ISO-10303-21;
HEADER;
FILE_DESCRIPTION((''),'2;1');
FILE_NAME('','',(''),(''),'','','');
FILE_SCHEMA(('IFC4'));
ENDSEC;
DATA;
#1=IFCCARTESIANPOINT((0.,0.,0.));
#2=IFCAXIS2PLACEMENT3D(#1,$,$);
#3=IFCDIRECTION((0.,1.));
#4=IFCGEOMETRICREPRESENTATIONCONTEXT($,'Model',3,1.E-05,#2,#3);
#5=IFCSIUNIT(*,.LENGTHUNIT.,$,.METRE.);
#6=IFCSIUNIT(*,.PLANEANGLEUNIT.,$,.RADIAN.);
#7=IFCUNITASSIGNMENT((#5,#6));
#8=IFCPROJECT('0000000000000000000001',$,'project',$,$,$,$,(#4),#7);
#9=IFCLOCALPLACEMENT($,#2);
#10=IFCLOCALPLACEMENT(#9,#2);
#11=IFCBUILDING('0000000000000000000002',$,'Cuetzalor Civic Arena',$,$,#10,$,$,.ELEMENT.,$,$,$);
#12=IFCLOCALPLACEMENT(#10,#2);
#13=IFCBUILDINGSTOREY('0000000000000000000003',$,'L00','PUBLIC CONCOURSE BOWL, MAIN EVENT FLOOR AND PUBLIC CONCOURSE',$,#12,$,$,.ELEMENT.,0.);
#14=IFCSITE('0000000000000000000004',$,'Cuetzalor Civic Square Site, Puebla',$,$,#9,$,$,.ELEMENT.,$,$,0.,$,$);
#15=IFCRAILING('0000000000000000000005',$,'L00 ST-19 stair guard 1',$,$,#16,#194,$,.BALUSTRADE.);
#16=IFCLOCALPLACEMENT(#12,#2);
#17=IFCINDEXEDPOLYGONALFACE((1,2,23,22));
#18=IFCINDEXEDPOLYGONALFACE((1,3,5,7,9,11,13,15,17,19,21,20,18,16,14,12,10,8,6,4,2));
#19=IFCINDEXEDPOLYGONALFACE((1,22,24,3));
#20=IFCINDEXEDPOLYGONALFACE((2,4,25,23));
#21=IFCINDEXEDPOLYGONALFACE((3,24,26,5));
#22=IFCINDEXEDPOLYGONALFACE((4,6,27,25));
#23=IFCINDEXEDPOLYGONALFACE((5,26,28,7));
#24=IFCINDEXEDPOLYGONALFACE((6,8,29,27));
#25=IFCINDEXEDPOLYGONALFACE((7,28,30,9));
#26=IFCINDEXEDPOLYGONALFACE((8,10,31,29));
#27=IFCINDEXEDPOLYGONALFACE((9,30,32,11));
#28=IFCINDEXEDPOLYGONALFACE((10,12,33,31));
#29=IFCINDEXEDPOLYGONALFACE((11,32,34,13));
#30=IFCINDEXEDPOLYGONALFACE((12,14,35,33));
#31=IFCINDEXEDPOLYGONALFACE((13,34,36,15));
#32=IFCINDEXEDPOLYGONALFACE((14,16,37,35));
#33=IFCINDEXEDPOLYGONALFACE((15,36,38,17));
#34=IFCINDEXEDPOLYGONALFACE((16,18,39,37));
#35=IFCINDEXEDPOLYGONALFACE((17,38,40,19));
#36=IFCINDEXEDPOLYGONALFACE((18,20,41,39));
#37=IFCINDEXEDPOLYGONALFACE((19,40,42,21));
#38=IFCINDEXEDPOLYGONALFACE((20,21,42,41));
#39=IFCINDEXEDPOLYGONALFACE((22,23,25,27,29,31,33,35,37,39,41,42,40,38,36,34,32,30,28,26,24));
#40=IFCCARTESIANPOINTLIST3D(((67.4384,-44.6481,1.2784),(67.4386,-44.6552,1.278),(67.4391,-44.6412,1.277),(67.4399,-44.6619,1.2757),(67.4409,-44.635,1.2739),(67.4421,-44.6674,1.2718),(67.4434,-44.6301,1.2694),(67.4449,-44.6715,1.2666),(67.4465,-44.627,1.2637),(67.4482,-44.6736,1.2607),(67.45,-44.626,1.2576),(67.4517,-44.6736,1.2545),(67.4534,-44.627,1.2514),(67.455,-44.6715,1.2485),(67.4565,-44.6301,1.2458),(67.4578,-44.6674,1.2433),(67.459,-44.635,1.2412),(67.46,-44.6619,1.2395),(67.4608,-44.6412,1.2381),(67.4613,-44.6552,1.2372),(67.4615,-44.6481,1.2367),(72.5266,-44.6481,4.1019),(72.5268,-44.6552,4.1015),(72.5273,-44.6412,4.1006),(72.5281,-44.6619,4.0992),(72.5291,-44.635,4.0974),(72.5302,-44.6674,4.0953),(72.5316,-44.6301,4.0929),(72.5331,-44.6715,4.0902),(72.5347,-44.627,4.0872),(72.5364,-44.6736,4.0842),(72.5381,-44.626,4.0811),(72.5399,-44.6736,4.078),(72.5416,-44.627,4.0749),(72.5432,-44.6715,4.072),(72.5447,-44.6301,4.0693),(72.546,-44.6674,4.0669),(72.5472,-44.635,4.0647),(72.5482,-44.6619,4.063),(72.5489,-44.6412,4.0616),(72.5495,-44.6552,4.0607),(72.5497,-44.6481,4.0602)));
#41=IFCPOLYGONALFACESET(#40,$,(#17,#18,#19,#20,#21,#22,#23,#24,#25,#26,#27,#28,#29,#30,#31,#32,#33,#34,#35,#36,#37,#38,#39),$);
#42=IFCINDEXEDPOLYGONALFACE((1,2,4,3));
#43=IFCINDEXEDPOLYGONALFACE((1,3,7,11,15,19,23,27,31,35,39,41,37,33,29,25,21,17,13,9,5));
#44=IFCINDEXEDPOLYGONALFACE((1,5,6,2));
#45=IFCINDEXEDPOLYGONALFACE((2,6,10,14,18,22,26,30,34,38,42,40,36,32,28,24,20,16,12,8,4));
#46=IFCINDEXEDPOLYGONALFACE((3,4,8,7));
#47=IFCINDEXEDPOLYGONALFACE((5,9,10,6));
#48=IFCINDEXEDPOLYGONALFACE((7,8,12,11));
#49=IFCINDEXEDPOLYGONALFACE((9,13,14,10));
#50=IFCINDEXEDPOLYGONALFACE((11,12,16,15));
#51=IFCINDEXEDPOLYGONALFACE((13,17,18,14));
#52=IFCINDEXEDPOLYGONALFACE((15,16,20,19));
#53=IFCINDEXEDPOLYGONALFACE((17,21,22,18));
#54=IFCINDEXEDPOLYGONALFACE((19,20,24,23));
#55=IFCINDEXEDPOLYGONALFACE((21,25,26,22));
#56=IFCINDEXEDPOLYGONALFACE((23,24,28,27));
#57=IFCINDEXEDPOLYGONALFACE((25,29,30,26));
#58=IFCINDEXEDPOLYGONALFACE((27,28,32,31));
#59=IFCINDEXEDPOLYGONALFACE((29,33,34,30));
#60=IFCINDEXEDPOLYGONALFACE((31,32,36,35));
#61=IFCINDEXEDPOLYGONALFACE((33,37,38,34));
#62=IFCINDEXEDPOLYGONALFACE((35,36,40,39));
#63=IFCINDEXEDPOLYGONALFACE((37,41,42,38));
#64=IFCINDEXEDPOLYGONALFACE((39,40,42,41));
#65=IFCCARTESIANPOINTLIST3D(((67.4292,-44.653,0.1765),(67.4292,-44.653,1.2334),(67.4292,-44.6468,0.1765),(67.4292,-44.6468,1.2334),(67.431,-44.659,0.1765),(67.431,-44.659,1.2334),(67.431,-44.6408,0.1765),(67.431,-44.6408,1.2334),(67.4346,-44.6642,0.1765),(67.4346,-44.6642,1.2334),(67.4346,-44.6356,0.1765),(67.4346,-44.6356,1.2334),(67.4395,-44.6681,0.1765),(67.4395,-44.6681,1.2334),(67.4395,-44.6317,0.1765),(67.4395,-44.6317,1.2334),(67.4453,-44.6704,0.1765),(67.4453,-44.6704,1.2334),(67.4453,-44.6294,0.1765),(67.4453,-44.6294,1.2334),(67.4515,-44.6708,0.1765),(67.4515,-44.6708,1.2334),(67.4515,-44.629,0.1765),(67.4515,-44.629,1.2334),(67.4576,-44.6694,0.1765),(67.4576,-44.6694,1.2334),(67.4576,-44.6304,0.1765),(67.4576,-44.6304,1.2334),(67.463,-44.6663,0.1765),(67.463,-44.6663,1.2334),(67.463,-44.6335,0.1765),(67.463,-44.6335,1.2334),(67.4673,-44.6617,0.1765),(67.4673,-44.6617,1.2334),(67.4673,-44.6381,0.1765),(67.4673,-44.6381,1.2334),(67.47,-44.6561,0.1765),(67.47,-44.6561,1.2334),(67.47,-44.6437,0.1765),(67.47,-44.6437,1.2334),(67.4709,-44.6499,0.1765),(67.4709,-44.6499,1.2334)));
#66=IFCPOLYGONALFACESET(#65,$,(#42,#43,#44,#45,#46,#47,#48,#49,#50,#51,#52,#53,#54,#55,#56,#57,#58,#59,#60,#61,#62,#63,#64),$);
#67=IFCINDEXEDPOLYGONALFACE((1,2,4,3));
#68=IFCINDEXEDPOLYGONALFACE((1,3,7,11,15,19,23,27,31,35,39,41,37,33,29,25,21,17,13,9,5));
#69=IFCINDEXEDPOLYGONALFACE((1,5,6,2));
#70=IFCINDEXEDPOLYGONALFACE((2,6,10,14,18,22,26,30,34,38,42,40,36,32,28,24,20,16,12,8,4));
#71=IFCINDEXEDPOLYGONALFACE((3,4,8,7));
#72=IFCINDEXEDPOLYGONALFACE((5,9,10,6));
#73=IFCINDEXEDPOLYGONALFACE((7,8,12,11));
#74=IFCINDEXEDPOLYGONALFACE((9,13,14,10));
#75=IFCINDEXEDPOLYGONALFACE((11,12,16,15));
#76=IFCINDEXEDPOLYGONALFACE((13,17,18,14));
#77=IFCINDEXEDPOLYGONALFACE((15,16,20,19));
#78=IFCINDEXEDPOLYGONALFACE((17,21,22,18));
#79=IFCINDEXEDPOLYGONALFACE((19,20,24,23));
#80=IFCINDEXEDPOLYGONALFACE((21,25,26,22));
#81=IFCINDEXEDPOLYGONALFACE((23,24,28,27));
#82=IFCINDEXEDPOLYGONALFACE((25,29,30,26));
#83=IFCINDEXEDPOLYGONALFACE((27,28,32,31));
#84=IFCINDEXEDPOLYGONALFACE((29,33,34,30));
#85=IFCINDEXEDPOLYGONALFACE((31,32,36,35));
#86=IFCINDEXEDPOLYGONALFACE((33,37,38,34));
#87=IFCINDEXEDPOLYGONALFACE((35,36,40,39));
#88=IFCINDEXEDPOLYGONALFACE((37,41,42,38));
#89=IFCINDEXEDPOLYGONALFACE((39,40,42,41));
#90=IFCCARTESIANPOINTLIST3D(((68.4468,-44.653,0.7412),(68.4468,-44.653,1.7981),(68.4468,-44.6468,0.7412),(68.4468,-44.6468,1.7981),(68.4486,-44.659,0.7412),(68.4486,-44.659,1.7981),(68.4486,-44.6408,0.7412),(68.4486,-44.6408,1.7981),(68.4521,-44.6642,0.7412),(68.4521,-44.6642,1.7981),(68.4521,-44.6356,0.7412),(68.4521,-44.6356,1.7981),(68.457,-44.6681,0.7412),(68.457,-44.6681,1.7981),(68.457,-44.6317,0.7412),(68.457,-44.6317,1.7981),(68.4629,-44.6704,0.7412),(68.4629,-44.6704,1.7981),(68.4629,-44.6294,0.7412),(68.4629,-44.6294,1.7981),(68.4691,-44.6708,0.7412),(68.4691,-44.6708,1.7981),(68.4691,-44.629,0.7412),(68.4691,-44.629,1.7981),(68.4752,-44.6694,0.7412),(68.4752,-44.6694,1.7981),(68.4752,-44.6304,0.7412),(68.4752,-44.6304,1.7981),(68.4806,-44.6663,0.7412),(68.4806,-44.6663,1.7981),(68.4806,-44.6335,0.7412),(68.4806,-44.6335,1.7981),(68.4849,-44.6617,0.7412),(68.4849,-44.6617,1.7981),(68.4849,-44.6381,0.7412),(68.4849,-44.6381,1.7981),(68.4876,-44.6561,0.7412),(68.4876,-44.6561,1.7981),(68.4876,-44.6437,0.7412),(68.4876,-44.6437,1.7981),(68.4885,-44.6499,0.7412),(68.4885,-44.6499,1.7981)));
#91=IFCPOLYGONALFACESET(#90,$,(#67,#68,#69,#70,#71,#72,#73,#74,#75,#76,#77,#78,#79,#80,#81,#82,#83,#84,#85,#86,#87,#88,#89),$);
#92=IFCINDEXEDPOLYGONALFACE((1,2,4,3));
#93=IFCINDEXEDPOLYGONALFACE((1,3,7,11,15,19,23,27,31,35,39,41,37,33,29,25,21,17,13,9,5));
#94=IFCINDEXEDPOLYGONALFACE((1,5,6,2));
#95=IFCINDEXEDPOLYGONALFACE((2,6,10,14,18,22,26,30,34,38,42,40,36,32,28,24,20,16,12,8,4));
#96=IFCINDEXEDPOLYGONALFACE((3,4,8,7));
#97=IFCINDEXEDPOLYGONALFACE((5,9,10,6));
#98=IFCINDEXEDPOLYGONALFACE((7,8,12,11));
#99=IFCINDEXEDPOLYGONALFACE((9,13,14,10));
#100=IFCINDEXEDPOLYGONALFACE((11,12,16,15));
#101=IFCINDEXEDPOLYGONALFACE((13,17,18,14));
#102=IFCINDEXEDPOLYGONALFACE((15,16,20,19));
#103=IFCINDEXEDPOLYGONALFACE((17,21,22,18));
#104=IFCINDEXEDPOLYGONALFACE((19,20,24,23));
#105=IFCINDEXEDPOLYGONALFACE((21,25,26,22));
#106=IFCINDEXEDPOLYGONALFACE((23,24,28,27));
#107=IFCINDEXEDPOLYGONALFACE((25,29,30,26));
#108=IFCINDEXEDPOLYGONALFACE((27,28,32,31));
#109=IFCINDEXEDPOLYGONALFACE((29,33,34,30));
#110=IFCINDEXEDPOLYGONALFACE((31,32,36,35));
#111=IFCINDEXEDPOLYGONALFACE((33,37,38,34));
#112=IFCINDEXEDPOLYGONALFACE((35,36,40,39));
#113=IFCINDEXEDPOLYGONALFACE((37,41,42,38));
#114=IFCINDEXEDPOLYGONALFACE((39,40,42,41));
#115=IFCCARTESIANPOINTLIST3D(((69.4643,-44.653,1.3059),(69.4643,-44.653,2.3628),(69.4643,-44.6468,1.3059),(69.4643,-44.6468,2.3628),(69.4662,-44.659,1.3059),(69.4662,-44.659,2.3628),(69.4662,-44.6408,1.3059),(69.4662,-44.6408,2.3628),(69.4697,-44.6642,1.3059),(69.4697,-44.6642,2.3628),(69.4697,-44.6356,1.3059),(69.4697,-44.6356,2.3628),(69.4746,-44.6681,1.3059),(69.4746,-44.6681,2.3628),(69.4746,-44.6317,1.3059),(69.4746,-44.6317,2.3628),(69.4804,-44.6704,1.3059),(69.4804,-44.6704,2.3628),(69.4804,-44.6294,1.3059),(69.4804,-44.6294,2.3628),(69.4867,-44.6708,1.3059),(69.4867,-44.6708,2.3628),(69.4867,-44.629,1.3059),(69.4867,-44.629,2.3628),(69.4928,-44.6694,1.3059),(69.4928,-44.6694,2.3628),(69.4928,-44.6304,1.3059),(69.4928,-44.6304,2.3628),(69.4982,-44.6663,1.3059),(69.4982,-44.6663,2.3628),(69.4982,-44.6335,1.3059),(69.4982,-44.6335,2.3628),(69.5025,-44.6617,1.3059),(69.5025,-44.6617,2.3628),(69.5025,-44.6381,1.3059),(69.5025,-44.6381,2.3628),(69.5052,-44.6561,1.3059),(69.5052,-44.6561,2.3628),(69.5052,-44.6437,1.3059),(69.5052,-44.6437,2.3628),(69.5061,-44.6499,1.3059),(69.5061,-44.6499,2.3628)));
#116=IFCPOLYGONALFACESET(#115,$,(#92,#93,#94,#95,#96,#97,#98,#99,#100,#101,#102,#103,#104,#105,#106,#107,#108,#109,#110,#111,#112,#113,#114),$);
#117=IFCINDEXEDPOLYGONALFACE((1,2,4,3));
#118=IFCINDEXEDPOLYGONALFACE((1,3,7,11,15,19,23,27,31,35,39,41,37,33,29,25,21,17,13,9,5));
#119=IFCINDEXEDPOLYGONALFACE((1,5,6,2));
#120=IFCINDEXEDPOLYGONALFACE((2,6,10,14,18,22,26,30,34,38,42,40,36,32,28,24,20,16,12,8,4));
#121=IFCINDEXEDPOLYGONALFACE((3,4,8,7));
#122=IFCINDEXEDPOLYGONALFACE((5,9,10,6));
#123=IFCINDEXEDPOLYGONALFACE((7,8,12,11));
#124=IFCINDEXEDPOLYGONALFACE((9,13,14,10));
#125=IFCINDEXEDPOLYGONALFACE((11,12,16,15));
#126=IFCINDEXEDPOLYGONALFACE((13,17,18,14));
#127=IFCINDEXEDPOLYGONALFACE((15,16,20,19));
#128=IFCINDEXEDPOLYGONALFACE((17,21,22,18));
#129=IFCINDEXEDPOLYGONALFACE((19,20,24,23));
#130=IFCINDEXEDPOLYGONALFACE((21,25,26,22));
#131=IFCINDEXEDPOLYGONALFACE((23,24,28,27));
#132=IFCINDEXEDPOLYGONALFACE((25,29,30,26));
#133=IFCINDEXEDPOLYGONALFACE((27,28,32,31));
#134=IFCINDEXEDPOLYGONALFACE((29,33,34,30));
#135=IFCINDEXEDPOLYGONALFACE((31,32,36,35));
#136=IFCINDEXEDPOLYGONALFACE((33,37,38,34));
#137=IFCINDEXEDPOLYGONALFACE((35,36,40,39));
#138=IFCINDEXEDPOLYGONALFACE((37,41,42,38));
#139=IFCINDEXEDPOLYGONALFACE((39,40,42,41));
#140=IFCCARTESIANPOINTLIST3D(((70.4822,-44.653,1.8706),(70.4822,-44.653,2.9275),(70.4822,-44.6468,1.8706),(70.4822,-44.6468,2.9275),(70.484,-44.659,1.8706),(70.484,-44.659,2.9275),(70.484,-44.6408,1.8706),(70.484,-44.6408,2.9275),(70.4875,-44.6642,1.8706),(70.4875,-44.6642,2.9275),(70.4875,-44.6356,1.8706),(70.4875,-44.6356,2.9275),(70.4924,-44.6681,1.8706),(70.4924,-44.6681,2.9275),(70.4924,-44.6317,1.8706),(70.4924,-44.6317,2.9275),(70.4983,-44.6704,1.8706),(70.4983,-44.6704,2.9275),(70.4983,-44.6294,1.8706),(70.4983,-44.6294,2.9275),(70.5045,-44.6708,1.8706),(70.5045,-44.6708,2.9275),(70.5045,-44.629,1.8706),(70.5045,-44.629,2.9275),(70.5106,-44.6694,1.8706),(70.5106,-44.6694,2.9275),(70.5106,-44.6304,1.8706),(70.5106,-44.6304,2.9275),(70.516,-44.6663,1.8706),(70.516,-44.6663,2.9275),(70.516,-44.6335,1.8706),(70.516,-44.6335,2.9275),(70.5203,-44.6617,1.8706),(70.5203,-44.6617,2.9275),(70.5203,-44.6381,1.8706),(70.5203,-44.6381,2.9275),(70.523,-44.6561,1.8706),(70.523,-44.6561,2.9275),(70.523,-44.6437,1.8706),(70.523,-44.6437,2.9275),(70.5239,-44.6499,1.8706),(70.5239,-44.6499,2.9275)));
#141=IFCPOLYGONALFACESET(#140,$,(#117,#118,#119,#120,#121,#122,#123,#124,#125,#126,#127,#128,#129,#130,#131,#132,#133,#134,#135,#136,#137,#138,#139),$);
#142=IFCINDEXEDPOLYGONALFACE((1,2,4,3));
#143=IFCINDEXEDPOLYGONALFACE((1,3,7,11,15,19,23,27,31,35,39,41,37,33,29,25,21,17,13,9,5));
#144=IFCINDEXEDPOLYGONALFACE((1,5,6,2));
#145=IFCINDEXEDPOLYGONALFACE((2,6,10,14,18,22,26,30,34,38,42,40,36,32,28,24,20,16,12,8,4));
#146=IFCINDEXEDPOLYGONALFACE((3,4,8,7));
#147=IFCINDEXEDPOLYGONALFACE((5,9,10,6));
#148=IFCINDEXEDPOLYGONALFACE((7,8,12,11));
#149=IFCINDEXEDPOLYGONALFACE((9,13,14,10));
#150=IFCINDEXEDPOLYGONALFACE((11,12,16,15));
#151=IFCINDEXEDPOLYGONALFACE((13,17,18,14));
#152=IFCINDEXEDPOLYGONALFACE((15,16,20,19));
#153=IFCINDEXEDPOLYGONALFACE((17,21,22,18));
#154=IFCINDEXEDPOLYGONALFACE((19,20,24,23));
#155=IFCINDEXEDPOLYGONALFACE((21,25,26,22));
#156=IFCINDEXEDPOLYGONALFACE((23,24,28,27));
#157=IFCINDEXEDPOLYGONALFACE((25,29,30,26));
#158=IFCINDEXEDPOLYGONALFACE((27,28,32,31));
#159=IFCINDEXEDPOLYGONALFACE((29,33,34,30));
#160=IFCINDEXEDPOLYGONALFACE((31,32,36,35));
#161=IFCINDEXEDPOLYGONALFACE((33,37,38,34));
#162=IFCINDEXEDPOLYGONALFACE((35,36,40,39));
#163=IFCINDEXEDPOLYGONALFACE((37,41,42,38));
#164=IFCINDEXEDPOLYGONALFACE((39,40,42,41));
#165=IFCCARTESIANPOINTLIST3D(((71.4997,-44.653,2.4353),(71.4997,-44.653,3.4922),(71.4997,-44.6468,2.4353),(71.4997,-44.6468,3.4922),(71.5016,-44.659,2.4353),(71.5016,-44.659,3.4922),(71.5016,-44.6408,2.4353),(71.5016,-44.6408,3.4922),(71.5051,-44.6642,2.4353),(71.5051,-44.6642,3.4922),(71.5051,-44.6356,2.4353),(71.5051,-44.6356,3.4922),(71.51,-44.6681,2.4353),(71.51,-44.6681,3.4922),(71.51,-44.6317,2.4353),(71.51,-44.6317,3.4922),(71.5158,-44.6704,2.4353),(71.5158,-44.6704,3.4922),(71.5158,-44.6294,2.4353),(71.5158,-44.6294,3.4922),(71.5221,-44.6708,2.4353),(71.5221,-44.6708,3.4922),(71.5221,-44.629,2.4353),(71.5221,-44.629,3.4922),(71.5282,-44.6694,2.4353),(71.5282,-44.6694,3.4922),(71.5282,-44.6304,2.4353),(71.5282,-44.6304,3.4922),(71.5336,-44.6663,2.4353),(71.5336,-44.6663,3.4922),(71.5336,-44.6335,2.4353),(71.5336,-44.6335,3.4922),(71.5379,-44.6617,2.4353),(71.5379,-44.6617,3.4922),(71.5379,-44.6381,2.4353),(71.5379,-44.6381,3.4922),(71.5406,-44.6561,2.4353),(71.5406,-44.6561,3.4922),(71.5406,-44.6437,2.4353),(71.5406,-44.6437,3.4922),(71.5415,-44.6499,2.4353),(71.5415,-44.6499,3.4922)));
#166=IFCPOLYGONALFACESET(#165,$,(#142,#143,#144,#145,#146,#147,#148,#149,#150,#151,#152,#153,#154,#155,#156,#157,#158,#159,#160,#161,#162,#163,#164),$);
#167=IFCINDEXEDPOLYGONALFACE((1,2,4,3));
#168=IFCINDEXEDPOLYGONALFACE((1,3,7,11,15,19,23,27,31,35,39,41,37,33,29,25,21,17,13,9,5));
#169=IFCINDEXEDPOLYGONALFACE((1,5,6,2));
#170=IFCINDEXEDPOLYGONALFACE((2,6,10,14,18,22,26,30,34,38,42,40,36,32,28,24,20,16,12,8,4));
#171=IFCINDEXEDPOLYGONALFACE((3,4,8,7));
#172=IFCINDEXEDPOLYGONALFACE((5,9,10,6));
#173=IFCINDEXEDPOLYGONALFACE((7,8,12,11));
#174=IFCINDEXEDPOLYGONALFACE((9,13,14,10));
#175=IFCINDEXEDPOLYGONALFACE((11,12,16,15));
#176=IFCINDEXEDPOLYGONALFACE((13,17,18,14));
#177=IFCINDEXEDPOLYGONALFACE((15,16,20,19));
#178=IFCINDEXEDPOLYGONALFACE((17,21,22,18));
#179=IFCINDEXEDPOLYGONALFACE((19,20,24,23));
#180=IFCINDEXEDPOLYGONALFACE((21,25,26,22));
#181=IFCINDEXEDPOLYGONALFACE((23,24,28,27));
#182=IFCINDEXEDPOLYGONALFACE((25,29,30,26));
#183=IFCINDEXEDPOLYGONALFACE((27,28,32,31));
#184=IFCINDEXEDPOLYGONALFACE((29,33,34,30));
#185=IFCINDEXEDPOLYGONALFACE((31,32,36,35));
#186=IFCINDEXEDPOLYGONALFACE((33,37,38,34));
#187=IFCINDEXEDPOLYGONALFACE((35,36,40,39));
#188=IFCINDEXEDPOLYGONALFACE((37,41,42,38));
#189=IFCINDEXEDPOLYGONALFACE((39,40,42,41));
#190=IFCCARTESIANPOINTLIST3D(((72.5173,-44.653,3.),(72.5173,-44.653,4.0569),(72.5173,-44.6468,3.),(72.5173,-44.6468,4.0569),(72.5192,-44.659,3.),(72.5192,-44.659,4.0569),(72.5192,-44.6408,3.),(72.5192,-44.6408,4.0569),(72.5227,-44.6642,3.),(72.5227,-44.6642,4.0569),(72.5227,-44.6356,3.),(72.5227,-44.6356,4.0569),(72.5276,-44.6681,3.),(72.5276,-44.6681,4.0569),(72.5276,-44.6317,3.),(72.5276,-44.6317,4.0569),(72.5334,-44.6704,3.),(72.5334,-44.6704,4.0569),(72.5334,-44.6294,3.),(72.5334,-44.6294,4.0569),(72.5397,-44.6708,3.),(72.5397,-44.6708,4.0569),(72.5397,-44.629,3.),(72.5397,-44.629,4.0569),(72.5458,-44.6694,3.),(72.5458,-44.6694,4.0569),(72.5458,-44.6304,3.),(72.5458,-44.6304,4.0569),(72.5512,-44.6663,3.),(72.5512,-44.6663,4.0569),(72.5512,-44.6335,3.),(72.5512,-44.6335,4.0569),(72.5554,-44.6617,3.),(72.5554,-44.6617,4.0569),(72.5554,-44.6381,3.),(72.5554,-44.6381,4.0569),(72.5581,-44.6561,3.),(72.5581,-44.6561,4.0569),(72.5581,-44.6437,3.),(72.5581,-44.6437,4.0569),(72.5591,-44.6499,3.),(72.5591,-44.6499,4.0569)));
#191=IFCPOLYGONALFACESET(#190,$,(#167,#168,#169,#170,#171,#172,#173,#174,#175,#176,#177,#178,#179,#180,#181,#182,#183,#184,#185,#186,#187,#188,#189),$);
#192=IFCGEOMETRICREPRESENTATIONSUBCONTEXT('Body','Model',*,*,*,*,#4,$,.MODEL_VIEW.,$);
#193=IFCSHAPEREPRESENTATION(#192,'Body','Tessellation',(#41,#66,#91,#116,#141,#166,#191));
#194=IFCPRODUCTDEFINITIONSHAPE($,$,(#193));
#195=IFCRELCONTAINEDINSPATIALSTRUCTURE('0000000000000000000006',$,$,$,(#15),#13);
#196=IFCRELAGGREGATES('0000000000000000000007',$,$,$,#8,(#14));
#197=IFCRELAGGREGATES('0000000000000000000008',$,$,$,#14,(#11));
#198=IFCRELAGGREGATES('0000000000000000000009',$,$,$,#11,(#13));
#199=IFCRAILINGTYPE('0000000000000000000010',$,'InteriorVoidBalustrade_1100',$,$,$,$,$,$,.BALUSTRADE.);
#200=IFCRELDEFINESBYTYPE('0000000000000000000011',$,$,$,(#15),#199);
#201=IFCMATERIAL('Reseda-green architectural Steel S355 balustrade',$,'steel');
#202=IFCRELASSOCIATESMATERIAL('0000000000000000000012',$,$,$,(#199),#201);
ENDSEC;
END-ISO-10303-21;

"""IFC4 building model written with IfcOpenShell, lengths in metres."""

from ifc_helpers import new_model, si_unit, direction, frame, origin, origin_2d, place, context, subcontext, project, spatial, circle, extrude, material, type_object, element, save


model = new_model("IFC4")

# Units and contexts
model_context = context("Model", 3, precision=1e-05, world=origin(), true_north=direction((0.0, 1.0)))
body_context = subcontext(model_context, "Body", "Model", "MODEL_VIEW")
ifc_project = project(units=[si_unit("LENGTHUNIT", "METRE"), si_unit("PLANEANGLEUNIT", "RADIAN")], contexts=[model_context])

# Site, building, storey
site_placement = place(None, origin())
site = spatial("IfcSite", under=ifc_project, at=site_placement, Name="Cuetzalor Civic Square Site, Puebla", CompositionType="ELEMENT", RefElevation=0.0)
building_placement = place(site_placement, origin())
building = spatial("IfcBuilding", under=site, at=building_placement, Name="Cuetzalor Civic Arena", CompositionType="ELEMENT")
storey_placement = place(building_placement, origin())
storey = spatial("IfcBuildingStorey", under=building, at=storey_placement, Name="L00", Description="PUBLIC CONCOURSE BOWL, MAIN EVENT FLOOR AND PUBLIC CONCOURSE", CompositionType="ELEMENT", Elevation=0.0)

# Railing
ifc_material_1 = material(Name="Reseda-green architectural Steel S355 balustrade", Category="steel")
railing_type_1 = type_object("IfcRailingType", Name="InteriorVoidBalustrade_1100", PredefinedType="BALUSTRADE", material=ifc_material_1)
railing_1_placement = place(storey_placement, frame((67.45, -44.6499, 0.1765)))
element("IfcRailing", 1, at=railing_1_placement, inside=storey, type_object=railing_type_1, Name="L00 ST-19 stair guard 1", PredefinedType="BALUSTRADE", context=body_context, shape_type="SweptSolid", body=[
    extrude(circle(Radius=0.0239, at=origin_2d()), frame((0.0, 0.0, 1.0811), z_axis=(0.874395, 0.0, 0.485215), x_axis=(0.0, 1.0, 0.0)), (0.0, 0.0, 1.0), 5.8191),
    extrude(circle(Radius=0.021, at=origin_2d()), origin(), (0.0, 0.0, 1.0), 1.0569),
    extrude(circle(Radius=0.021, at=origin_2d()), frame((1.0176, 0.0, 0.5647)), (0.0, 0.0, 1.0), 1.0569),
    extrude(circle(Radius=0.021, at=origin_2d()), frame((2.0352, 0.0, 1.1294)), (0.0, 0.0, 1.0), 1.0569),
    extrude(circle(Radius=0.021, at=origin_2d()), frame((3.053, 0.0, 1.6941)), (0.0, 0.0, 1.0), 1.0569),
    extrude(circle(Radius=0.021, at=origin_2d()), frame((4.0706, 0.0, 2.2588)), (0.0, 0.0, 1.0), 1.0569),
    extrude(circle(Radius=0.021, at=origin_2d()), frame((5.0881, 0.0, 2.8235)), (0.0, 0.0, 1.0), 1.0569),
])

save(model, "model.ifc")
